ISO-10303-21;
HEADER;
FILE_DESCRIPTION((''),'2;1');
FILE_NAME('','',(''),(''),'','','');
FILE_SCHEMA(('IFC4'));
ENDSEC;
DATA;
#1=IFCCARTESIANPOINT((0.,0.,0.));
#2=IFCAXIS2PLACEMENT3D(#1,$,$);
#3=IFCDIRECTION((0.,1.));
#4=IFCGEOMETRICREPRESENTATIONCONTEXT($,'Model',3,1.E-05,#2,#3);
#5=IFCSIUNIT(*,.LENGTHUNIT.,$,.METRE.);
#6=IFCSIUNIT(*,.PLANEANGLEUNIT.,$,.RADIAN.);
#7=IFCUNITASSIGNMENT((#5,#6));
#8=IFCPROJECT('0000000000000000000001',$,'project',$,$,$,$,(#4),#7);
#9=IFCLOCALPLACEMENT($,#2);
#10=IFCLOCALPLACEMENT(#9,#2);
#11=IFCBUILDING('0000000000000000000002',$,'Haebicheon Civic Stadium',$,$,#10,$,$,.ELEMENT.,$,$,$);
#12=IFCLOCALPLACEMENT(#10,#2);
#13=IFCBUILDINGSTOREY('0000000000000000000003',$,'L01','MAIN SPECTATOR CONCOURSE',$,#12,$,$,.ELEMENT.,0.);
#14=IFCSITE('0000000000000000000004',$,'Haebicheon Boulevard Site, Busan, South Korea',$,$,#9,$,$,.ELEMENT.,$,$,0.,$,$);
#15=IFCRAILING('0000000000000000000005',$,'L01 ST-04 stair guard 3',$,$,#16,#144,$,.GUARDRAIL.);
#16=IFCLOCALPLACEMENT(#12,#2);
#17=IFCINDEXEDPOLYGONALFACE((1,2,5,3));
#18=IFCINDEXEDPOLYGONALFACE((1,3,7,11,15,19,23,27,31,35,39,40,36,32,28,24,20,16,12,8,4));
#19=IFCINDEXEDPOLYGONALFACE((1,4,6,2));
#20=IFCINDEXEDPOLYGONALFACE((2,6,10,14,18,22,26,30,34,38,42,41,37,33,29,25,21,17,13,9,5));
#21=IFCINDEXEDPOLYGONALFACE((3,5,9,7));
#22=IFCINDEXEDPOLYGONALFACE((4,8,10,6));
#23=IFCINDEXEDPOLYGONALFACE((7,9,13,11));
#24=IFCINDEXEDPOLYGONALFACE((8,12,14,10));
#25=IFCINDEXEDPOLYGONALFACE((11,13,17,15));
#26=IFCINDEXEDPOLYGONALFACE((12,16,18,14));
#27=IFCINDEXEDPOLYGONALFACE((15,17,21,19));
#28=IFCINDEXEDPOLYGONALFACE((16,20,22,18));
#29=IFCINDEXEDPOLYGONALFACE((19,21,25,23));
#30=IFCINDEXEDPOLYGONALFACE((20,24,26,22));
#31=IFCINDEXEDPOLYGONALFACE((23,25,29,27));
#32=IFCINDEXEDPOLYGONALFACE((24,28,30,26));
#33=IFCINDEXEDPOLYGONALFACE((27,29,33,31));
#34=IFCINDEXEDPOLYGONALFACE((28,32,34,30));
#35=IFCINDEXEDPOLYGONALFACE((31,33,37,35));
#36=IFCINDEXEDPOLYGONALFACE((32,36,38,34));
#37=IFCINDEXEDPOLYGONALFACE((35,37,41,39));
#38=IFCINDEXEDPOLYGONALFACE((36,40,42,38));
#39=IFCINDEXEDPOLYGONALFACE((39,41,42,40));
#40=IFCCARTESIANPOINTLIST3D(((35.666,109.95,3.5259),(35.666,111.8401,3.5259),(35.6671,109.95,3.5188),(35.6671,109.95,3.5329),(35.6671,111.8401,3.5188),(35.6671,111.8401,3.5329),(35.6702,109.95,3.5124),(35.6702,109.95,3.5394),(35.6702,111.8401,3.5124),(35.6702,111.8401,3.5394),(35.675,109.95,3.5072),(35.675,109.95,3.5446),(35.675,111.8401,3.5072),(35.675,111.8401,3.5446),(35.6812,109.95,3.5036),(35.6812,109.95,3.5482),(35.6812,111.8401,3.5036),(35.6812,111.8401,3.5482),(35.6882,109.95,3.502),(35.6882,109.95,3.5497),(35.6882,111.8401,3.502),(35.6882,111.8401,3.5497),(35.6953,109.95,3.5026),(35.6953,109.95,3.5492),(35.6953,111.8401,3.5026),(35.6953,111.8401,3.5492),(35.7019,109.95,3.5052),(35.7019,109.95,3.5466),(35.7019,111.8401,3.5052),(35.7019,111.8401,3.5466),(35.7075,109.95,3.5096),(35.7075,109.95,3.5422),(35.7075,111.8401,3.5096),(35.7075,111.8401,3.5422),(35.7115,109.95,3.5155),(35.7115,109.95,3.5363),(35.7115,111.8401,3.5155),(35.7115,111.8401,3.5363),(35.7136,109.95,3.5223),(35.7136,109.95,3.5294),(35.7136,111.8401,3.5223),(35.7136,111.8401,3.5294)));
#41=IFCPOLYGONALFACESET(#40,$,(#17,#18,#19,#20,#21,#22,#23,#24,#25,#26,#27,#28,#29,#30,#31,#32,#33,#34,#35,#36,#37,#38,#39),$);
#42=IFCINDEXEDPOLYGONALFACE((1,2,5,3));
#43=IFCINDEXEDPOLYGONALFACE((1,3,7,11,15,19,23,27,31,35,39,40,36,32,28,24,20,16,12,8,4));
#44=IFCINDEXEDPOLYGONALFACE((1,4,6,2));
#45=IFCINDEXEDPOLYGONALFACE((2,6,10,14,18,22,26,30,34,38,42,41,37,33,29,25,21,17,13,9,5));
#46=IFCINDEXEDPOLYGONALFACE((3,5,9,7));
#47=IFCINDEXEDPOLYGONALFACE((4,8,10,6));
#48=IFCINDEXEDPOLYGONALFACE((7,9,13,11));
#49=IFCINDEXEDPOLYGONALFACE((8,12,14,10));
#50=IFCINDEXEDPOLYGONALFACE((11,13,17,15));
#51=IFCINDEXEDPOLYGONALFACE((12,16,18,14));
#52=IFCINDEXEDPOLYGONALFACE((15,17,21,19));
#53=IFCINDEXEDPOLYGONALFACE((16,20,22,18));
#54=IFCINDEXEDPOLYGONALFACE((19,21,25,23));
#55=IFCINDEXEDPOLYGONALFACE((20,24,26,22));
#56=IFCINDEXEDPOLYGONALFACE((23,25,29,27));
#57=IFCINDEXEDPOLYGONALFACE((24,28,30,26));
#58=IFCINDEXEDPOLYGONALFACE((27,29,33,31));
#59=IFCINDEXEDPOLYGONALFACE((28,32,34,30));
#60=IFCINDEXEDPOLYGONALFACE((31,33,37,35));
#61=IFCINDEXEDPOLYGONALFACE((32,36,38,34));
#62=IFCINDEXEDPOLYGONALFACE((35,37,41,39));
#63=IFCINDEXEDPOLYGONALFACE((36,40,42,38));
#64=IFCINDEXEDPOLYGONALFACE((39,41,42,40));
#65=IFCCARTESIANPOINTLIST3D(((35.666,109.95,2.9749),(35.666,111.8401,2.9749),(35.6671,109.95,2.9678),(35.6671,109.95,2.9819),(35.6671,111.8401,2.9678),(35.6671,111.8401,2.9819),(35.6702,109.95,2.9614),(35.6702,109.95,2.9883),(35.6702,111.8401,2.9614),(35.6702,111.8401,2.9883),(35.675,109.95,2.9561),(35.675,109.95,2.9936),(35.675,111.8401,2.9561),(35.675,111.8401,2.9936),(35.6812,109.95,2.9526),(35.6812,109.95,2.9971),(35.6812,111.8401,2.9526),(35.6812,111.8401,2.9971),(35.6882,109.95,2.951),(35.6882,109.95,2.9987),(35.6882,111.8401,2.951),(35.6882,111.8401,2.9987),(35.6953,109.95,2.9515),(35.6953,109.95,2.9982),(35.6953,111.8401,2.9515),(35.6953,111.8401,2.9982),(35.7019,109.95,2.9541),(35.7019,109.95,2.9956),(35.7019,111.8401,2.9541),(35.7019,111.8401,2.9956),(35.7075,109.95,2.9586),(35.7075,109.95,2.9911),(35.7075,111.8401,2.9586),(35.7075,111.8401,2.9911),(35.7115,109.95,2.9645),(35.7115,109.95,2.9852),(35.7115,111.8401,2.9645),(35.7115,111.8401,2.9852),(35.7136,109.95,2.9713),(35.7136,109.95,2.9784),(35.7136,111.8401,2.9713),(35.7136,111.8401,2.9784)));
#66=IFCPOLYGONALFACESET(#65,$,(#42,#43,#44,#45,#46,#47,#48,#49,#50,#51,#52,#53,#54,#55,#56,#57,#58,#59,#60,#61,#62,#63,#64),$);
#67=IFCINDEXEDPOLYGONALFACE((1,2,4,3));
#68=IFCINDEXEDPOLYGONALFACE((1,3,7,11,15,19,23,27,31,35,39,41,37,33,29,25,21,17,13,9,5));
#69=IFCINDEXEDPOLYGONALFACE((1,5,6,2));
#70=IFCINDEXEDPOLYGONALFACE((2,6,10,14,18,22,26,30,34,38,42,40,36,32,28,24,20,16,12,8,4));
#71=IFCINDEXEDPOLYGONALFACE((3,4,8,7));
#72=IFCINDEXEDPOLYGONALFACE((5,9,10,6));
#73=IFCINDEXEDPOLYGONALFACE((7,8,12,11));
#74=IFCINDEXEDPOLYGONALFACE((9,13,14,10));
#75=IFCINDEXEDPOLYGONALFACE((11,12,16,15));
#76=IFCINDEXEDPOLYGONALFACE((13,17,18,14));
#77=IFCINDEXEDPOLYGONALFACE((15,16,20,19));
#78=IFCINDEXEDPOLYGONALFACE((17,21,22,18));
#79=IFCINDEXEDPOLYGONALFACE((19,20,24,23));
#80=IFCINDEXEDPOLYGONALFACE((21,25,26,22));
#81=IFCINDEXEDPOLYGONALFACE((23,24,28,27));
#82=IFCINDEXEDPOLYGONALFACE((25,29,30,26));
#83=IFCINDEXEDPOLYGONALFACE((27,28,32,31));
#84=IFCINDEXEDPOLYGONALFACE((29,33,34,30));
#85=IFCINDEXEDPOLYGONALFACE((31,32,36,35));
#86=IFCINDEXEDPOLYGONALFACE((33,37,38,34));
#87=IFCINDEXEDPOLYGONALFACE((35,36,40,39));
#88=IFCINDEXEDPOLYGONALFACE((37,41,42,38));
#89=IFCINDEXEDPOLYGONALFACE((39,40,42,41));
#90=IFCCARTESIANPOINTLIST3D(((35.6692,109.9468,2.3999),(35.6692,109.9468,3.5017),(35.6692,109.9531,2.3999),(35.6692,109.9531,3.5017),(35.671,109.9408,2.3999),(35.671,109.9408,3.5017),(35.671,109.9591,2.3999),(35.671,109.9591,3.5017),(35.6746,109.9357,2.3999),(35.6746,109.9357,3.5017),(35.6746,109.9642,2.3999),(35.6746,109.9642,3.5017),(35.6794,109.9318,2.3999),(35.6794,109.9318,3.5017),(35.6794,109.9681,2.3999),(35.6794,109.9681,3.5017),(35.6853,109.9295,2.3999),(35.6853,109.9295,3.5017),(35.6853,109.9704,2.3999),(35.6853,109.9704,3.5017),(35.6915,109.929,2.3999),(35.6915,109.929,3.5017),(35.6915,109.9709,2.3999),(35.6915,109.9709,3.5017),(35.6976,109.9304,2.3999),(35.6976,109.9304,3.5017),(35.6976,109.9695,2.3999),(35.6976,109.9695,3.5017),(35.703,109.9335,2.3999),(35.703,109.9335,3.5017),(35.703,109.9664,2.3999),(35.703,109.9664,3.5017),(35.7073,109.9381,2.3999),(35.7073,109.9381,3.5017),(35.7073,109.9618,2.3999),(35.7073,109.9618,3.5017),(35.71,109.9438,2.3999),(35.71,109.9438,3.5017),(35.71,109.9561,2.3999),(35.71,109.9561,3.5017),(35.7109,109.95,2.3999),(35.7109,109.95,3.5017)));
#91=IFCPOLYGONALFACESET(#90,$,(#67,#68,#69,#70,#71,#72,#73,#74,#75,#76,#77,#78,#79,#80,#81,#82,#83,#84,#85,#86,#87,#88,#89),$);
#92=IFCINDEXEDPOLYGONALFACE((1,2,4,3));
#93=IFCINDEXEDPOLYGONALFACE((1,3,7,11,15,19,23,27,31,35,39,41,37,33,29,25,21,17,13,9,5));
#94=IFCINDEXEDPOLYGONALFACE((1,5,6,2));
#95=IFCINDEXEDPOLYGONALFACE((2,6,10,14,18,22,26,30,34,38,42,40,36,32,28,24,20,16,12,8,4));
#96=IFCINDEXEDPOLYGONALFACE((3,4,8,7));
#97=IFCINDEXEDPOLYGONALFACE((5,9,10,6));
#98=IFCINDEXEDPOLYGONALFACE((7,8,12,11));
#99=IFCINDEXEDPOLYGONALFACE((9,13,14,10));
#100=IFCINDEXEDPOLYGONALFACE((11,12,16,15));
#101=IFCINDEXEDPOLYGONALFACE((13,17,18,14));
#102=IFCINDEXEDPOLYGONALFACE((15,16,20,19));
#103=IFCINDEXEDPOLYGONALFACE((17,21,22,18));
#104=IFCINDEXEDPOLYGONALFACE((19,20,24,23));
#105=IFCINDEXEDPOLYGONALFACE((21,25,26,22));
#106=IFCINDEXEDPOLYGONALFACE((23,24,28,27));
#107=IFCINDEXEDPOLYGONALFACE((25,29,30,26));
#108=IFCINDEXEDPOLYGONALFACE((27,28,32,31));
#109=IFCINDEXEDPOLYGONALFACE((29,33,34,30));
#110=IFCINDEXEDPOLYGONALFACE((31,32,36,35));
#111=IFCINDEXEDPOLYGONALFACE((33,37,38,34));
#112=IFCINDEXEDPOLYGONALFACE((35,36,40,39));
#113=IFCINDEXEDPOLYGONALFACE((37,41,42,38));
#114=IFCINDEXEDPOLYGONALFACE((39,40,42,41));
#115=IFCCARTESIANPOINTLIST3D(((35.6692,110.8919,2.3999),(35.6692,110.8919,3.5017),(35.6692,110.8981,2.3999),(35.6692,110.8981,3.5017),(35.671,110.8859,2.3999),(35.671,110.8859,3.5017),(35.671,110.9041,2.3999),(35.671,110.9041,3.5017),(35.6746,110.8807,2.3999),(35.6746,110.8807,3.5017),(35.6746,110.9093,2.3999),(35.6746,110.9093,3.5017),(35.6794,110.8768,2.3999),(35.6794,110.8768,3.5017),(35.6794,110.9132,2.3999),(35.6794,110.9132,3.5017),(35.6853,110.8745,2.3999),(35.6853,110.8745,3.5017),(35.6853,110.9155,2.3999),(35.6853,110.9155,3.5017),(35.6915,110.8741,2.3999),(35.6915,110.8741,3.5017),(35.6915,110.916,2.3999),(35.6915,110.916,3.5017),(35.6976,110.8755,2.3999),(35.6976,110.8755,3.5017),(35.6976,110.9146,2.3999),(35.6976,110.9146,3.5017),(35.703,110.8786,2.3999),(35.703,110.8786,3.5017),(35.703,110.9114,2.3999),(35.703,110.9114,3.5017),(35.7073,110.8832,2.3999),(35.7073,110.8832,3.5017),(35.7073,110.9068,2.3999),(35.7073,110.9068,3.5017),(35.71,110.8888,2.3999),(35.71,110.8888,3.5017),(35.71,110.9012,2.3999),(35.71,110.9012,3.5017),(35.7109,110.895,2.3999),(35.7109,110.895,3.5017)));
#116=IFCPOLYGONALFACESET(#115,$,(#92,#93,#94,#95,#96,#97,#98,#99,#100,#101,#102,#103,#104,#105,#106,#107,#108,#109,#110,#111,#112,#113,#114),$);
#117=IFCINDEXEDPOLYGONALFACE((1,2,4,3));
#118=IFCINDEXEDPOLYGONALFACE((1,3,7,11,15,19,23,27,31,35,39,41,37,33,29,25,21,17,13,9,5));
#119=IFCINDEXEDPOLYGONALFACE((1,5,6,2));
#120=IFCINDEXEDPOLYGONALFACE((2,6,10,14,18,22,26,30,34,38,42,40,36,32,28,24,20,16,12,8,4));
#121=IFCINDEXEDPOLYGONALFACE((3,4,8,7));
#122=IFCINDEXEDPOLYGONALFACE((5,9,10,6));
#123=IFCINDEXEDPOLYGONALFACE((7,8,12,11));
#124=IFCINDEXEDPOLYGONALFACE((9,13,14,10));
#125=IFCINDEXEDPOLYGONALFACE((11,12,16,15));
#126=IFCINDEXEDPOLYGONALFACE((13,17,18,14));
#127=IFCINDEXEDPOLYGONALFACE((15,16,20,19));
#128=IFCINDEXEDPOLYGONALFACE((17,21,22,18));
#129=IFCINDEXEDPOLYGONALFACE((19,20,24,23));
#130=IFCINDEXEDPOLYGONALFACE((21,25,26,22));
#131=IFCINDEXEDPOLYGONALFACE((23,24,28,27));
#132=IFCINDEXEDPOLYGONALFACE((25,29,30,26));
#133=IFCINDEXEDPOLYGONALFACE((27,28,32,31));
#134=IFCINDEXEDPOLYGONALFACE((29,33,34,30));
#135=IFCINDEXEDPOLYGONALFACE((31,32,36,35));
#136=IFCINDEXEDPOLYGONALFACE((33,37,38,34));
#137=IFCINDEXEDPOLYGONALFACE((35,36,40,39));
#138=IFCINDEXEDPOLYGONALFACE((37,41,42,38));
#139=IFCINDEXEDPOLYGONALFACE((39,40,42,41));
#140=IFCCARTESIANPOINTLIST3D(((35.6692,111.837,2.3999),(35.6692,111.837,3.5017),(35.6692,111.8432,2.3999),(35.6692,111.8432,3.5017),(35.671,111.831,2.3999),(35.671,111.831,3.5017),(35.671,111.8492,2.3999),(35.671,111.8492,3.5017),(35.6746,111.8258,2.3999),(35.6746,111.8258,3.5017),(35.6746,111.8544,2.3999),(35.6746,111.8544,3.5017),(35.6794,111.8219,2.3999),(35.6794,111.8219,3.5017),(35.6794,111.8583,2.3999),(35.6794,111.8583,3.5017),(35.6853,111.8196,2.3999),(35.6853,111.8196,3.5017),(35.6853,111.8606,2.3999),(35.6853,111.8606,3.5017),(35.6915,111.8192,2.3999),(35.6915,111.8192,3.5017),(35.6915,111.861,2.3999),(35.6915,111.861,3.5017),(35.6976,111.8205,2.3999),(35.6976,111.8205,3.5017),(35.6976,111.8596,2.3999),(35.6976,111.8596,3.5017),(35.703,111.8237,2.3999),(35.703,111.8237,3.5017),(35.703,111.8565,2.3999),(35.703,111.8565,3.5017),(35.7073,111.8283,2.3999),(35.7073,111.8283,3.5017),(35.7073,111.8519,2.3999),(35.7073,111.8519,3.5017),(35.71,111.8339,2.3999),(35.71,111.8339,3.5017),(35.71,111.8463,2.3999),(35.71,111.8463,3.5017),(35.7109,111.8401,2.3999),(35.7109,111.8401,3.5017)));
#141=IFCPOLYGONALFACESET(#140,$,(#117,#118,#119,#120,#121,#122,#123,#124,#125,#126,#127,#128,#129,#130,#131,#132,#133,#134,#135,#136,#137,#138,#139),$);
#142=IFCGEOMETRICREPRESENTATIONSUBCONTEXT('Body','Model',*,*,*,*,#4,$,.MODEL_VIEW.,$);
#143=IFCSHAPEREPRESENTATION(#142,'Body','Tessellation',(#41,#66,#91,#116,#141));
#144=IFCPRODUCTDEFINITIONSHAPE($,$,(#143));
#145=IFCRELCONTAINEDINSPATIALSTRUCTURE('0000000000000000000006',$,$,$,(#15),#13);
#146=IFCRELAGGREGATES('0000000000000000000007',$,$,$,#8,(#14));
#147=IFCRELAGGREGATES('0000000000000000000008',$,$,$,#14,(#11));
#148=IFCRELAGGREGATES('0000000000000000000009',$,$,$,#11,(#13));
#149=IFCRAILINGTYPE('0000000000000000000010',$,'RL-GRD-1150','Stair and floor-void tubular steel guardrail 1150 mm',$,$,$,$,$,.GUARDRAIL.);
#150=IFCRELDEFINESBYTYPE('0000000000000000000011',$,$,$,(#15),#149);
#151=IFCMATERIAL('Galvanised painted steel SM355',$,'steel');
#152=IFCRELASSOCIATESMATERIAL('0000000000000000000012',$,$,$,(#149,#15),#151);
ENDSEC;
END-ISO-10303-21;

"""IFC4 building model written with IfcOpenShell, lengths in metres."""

from ifc_helpers import new_model, si_unit, direction, frame, origin, origin_2d, place, context, subcontext, project, spatial, circle, extrude, material, type_object, element, save


model = new_model("IFC4")

# Units and contexts
model_context = context("Model", 3, precision=1e-05, world=origin(), true_north=direction((0.0, 1.0)))
body_context = subcontext(model_context, "Body", "Model", "MODEL_VIEW")
ifc_project = project(units=[si_unit("LENGTHUNIT", "METRE"), si_unit("PLANEANGLEUNIT", "RADIAN")], contexts=[model_context])

# Site, building, storey
site_placement = place(None, origin())
site = spatial("IfcSite", under=ifc_project, at=site_placement, Name="Haebicheon Boulevard Site, Busan, South Korea", CompositionType="ELEMENT", RefElevation=0.0)
building_placement = place(site_placement, origin())
building = spatial("IfcBuilding", under=site, at=building_placement, Name="Haebicheon Civic Stadium", CompositionType="ELEMENT")
storey_placement = place(building_placement, origin())
storey = spatial("IfcBuildingStorey", under=building, at=storey_placement, Name="L01", Description="MAIN SPECTATOR CONCOURSE", CompositionType="ELEMENT", Elevation=0.0)

# Railing
ifc_material_1 = material(Name="Galvanised painted steel SM355", Category="steel")
railing_type_1 = type_object("IfcRailingType", Name="RL-GRD-1150", Description="Stair and floor-void tubular steel guardrail 1150 mm", PredefinedType="GUARDRAIL", material=ifc_material_1)
for number, where, name in (
    (1, (35.6899, 109.95, 2.3999), "L01 ST-04 stair guard 3"),
):
    element("IfcRailing", number, at=place(storey_placement, frame(where)), inside=storey, type_object=railing_type_1, material=ifc_material_1, Name=name, PredefinedType="GUARDRAIL", context=body_context, shape_type="SweptSolid", body=[
        extrude(circle(Radius=0.0239, at=origin_2d()), frame((0.0, 0.0, 1.126), z_axis=(0.0, 1.0, 0.0), x_axis=(-1.0, 0.0, 0.0)), (0.0, 0.0, 1.0), 1.8901),
        extrude(circle(Radius=0.0239, at=origin_2d()), frame((0.0, 0.0, 0.575), z_axis=(0.0, 1.0, 0.0), x_axis=(-1.0, 0.0, 0.0)), (0.0, 0.0, 1.0), 1.8901),
        extrude(circle(Radius=0.021, at=origin_2d()), origin(), (0.0, 0.0, 1.0), 1.1018),
        extrude(circle(Radius=0.021, at=origin_2d()), frame((0.0, 0.9451, 0.0)), (0.0, 0.0, 1.0), 1.1018),
        extrude(circle(Radius=0.021, at=origin_2d()), frame((0.0, 1.8901, 0.0)), (0.0, 0.0, 1.0), 1.1018),
    ])

save(model, "model.ifc")
